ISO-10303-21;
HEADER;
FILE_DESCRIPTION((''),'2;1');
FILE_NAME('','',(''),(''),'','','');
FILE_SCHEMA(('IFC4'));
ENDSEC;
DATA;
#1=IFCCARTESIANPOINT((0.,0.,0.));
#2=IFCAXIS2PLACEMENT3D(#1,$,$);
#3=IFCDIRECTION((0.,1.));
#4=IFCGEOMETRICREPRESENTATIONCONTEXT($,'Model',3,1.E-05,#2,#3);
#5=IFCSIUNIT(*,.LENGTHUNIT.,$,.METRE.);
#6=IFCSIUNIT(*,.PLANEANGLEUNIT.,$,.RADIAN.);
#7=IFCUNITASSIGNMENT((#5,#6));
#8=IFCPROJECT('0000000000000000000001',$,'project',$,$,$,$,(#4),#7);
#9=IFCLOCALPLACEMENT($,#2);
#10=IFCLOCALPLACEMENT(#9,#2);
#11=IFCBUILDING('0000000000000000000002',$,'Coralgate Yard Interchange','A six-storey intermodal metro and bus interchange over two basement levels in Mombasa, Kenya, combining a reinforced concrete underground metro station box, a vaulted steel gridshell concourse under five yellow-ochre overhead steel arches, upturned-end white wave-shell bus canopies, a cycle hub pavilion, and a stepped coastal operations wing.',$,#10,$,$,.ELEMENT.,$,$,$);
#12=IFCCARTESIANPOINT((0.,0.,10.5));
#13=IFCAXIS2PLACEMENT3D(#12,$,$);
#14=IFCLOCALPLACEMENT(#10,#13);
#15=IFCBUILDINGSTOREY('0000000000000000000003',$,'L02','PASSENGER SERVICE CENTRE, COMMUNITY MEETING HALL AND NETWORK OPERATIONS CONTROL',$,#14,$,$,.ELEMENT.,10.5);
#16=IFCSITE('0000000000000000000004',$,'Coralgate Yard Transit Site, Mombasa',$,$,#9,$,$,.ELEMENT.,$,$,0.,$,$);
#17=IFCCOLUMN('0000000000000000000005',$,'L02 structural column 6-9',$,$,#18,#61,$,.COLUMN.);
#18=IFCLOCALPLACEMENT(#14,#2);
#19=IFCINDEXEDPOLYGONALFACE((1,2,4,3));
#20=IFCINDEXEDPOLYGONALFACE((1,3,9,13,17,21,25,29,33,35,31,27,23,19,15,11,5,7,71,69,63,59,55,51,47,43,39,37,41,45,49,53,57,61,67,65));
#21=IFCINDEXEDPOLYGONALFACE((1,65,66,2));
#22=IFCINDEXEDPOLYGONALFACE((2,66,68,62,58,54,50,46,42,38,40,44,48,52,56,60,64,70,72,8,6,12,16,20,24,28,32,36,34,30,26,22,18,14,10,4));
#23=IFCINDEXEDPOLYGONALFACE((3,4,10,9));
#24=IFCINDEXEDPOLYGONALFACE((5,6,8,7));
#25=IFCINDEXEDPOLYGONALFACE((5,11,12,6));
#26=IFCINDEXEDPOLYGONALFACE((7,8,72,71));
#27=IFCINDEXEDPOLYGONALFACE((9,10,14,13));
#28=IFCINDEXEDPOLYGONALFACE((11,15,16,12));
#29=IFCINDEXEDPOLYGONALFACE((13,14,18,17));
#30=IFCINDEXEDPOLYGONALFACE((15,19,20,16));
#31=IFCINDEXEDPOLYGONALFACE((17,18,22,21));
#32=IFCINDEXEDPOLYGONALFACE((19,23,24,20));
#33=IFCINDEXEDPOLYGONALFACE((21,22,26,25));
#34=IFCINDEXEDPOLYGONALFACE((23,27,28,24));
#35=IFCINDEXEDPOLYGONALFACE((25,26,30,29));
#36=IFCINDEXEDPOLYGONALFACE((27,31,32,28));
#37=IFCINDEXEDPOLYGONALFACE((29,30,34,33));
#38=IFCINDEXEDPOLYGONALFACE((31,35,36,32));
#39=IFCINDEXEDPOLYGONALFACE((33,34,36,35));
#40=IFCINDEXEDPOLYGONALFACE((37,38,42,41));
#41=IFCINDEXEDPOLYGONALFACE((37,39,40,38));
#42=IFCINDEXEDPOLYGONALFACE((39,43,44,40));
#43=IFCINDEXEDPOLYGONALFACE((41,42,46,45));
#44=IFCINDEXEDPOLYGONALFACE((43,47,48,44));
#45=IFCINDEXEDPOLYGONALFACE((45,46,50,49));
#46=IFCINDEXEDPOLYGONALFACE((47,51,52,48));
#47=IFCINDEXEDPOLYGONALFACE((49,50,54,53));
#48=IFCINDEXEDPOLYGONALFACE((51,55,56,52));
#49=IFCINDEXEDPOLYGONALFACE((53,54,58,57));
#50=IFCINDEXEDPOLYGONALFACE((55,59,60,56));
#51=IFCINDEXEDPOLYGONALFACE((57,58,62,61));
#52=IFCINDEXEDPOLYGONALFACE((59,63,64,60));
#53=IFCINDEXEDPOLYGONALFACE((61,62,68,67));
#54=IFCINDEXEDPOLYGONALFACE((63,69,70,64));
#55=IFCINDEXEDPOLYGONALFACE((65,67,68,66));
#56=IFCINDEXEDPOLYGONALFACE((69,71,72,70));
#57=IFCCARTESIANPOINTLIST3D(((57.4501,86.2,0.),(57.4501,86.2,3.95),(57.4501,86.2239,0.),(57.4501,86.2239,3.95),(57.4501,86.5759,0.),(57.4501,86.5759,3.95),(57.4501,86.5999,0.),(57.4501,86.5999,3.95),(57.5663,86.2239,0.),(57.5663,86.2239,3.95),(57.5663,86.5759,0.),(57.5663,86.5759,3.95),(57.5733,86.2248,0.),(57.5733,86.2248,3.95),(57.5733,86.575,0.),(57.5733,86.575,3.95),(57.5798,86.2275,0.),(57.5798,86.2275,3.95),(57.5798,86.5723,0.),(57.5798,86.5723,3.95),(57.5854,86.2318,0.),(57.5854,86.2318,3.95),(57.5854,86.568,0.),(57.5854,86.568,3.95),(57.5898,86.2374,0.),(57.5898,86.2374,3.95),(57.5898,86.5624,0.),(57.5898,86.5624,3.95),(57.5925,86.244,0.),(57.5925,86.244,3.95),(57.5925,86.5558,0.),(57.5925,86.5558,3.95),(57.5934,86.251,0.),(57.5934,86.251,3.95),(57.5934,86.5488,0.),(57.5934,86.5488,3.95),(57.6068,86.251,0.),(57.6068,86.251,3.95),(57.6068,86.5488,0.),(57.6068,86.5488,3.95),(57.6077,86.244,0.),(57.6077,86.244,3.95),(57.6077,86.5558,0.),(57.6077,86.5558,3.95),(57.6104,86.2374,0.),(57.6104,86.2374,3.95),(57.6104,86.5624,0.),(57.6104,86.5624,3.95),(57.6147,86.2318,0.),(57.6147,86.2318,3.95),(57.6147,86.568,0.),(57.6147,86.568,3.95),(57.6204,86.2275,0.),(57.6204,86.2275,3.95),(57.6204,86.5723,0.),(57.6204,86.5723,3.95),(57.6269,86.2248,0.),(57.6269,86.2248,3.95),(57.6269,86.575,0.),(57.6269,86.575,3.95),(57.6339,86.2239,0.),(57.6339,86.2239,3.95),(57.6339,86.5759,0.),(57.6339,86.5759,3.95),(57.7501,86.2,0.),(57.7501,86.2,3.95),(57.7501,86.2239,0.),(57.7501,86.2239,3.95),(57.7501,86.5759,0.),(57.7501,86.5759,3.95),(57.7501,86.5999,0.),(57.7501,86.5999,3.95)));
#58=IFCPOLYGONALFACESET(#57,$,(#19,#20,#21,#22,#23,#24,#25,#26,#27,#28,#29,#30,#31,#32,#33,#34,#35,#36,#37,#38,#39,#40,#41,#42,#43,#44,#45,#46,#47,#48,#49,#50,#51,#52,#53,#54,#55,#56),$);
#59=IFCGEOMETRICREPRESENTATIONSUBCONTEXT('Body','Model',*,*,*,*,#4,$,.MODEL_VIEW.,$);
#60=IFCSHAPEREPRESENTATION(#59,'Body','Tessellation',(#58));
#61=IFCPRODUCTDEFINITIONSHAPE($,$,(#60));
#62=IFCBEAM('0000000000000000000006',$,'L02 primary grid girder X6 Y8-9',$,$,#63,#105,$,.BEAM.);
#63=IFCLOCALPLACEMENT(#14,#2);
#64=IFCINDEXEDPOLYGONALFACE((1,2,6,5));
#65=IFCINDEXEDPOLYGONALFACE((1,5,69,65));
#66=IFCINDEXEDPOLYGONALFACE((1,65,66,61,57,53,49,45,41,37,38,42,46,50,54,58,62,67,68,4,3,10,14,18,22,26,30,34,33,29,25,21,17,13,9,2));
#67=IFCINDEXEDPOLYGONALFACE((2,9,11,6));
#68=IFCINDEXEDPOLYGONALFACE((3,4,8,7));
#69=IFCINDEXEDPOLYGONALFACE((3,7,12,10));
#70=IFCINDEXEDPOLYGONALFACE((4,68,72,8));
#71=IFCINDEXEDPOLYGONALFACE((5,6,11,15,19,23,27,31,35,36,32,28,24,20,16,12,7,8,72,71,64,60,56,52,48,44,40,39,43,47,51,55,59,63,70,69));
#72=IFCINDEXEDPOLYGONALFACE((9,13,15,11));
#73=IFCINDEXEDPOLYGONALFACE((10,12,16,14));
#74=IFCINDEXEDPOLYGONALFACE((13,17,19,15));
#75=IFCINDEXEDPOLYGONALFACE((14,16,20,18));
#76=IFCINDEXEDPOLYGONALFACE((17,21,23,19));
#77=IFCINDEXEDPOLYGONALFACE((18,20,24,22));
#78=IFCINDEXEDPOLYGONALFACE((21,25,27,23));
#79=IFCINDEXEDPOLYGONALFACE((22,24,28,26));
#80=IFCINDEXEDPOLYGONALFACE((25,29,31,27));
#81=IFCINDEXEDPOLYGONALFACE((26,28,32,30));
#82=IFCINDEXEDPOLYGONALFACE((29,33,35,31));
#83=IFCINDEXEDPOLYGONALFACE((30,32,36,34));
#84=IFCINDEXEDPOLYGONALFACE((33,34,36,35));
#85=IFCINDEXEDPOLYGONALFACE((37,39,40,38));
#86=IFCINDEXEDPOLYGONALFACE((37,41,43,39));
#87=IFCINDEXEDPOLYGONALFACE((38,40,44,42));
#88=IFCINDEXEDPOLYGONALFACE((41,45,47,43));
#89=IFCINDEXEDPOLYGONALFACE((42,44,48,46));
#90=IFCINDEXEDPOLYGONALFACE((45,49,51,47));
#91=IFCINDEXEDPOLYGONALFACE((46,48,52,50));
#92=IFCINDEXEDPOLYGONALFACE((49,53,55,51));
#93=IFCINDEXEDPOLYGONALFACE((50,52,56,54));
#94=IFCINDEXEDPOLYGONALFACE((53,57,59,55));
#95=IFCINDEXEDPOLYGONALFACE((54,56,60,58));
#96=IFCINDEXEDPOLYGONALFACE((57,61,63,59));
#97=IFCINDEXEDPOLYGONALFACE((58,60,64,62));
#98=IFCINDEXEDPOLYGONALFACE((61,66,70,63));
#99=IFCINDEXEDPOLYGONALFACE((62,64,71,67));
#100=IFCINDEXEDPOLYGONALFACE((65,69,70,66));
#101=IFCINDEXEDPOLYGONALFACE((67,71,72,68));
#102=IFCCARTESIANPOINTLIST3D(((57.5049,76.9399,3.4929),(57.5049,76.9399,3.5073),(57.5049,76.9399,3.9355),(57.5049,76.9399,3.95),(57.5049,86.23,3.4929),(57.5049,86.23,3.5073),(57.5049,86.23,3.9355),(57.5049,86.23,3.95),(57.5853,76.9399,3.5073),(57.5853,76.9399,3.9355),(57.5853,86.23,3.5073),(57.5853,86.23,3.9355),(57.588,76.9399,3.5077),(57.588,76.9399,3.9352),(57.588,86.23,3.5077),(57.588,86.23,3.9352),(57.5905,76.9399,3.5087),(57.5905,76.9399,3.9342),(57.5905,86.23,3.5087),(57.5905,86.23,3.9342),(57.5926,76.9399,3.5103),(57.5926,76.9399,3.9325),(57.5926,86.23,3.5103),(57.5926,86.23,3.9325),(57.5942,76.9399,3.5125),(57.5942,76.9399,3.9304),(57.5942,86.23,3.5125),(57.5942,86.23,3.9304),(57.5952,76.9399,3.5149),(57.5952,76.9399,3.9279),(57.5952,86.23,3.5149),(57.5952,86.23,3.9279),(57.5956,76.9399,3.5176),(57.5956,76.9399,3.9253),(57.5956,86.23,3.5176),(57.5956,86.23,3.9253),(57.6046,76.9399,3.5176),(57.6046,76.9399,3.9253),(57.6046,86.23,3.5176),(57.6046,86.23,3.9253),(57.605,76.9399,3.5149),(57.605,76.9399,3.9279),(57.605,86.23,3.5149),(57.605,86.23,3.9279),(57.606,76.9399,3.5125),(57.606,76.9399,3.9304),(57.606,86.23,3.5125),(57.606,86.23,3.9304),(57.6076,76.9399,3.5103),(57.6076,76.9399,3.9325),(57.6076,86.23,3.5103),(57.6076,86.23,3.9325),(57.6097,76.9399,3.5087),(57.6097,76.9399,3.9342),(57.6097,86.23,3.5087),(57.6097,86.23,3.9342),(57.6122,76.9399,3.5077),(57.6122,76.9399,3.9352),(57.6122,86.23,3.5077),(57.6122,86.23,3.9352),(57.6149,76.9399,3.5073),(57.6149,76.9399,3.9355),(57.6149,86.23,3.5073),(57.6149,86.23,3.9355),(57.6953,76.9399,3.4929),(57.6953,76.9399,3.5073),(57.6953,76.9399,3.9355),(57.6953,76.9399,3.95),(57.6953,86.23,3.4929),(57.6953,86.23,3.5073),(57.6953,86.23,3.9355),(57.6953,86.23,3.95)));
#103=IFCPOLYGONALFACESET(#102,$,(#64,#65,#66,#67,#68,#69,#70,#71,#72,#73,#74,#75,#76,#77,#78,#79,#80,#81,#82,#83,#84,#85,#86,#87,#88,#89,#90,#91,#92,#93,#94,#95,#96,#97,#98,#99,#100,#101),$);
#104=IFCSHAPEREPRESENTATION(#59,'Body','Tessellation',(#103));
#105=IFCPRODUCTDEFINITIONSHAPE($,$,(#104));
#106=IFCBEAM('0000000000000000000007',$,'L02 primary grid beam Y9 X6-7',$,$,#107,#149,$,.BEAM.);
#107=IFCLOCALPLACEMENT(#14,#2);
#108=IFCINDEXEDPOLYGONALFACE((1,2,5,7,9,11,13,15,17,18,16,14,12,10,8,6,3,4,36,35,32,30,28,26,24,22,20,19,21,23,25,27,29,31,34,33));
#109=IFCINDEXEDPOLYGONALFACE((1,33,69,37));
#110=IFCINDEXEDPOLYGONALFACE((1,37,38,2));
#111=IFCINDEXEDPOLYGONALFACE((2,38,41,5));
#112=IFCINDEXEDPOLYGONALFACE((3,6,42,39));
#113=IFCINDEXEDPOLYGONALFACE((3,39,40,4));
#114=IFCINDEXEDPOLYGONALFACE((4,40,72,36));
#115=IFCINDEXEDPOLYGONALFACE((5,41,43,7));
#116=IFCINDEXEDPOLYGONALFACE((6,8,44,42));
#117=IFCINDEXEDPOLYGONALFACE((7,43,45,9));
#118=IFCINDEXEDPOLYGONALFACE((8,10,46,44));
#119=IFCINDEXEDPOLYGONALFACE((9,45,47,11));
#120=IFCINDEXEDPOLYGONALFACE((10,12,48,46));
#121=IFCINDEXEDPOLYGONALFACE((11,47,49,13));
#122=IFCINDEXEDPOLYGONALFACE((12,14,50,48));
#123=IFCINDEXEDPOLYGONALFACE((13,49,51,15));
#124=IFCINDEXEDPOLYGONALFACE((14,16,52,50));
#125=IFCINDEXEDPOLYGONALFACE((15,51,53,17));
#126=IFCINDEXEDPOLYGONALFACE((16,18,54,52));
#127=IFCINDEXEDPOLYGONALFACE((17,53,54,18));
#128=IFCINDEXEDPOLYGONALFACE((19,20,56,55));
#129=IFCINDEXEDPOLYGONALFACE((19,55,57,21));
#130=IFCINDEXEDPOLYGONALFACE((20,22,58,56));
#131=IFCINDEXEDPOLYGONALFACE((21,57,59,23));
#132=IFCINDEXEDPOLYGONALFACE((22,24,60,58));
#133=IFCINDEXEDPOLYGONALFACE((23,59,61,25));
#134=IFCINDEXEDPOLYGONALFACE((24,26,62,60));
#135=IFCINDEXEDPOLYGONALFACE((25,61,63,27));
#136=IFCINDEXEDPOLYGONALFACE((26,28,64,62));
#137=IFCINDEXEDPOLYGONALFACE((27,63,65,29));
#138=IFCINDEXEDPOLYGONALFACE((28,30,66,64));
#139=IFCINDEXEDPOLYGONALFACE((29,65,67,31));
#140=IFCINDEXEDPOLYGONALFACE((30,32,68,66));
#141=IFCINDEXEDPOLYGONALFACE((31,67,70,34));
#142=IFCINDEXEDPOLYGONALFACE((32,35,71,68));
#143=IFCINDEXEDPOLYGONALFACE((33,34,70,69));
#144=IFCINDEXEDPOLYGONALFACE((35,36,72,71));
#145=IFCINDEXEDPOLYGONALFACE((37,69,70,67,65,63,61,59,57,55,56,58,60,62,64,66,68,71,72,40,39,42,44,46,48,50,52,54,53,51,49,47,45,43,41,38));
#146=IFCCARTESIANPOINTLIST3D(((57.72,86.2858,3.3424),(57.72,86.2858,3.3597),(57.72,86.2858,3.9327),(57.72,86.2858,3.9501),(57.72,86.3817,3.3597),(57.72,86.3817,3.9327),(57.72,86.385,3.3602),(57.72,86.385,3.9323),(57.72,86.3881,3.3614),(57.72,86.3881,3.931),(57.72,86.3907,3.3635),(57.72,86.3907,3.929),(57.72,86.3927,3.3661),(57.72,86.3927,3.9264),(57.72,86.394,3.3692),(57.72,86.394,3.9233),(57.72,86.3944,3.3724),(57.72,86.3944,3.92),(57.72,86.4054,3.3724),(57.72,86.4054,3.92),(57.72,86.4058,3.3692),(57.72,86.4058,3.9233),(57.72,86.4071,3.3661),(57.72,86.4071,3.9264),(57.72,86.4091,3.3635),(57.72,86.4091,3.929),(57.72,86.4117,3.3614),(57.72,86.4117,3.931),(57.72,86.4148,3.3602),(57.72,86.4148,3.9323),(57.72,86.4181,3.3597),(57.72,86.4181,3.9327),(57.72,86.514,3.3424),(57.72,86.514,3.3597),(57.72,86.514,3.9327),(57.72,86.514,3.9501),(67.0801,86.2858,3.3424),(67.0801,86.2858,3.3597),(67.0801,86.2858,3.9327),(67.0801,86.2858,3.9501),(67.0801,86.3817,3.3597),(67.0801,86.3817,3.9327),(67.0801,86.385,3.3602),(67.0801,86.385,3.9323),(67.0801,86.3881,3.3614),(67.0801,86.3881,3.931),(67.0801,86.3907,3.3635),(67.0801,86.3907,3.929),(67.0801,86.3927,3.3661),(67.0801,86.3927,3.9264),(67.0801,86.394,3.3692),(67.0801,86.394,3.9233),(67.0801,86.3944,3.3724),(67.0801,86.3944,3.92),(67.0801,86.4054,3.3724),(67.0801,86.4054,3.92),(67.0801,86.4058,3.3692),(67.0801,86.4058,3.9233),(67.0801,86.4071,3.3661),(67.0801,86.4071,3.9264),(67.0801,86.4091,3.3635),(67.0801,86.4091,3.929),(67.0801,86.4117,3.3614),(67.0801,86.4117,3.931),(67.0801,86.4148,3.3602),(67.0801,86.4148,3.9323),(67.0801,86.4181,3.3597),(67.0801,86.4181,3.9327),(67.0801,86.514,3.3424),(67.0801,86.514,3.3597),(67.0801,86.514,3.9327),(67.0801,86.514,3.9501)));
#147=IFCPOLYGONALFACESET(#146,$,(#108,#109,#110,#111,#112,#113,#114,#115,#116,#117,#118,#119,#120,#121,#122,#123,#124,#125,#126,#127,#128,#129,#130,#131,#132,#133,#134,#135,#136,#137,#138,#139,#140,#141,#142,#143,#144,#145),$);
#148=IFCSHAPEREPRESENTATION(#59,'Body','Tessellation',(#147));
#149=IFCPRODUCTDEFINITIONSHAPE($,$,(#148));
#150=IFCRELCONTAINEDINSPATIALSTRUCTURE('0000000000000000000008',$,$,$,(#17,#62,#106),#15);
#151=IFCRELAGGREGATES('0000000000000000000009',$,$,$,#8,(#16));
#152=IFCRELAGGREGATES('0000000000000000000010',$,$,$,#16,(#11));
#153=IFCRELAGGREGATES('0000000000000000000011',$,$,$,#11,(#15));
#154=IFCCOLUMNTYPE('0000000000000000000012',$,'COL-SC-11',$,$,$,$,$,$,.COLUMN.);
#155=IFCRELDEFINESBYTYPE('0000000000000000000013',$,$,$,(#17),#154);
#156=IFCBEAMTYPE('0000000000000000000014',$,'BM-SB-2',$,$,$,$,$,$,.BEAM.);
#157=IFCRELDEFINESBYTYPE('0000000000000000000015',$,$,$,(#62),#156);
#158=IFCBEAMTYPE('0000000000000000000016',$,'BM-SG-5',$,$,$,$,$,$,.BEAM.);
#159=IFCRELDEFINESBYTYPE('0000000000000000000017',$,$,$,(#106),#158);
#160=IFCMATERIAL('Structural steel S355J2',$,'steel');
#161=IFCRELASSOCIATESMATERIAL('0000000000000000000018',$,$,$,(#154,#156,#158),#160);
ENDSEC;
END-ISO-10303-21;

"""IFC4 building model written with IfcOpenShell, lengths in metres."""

from ifc_helpers import new_model, si_unit, direction, frame, origin, origin_2d, place, context, subcontext, project, spatial, i_section, extrude, material, material_profile, profile_set, type_object, element, save


model = new_model("IFC4")

# Units and contexts
model_context = context("Model", 3, precision=1e-05, world=origin(), true_north=direction((0.0, 1.0)))
body_context = subcontext(model_context, "Body", "Model", "MODEL_VIEW")
ifc_project = project(units=[si_unit("LENGTHUNIT", "METRE"), si_unit("PLANEANGLEUNIT", "RADIAN")], contexts=[model_context])

# Site, building, storey
site_placement = place(None, origin())
site = spatial("IfcSite", under=ifc_project, at=site_placement, Name="Coralgate Yard Transit Site, Mombasa", CompositionType="ELEMENT", RefElevation=0.0)
building_placement = place(site_placement, origin())
building = spatial("IfcBuilding", under=site, at=building_placement, Name="Coralgate Yard Interchange", Description="A six-storey intermodal metro and bus interchange over two basement levels in Mombasa, Kenya, combining a reinforced concrete underground metro station box, a vaulted steel gridshell concourse under five yellow-ochre overhead steel arches, upturned-end white wave-shell bus canopies, a cycle hub pavilion, and a stepped coastal operations wing.", CompositionType="ELEMENT")
storey_placement = place(building_placement, frame((0.0, 0.0, 10.5)))
storey = spatial("IfcBuildingStorey", under=building, at=storey_placement, Name="L02", Description="PASSENGER SERVICE CENTRE, COMMUNITY MEETING HALL AND NETWORK OPERATIONS CONTROL", CompositionType="ELEMENT", Elevation=10.5)

# Column
ifc_material_1 = material(Name="Structural steel S355J2", Category="steel")
ifc_material_profile_1 = material_profile(ifc_material_1, i_section(OverallWidth=0.3, OverallDepth=0.3999, WebThickness=0.0134, FlangeThickness=0.0239, FilletRadius=0.0271, at=origin_2d()), Name="HEB 400")
ifc_profile_set_1 = profile_set([ifc_material_profile_1], Name="Structural steel S355J2")
column_type = type_object("IfcColumnType", Name="COL-SC-11", PredefinedType="COLUMN", material=ifc_profile_set_1)
column_placement = place(storey_placement, frame((57.6001, 86.3999, 0.0), z_axis=(0.0, 0.0, 1.0), x_axis=(1.0, 0.0, 0.0)))
element("IfcColumn", 1, at=column_placement, inside=storey, type_object=column_type, Name="L02 structural column 6-9", PredefinedType="COLUMN", context=body_context, shape_type="SweptSolid", body=[
    extrude(i_section(OverallWidth=0.3, OverallDepth=0.3999, WebThickness=0.0134, FlangeThickness=0.0239, FilletRadius=0.0271, at=origin_2d()), origin(), (0.0, 0.0, 1.0), 3.95),
])

# Beams
ifc_material_profile_2 = material_profile(ifc_material_1, i_section(OverallWidth=0.1904, OverallDepth=0.457, WebThickness=0.009, FlangeThickness=0.0144, FilletRadius=0.0103, at=origin_2d()), Name="UB 457x191x74")
ifc_profile_set_2 = profile_set([ifc_material_profile_2], Name="Structural steel S355J2")
beam_type_1 = type_object("IfcBeamType", Name="BM-SB-2", PredefinedType="BEAM", material=ifc_profile_set_2)
beam_1_placement = place(storey_placement, frame((57.6001, 76.9399, 3.7214), z_axis=(0.0, 1.0, 0.0), x_axis=(-1.0, 0.0, 0.0)))
element("IfcBeam", 2, at=beam_1_placement, inside=storey, type_object=beam_type_1, Name="L02 primary grid girder X6 Y8-9", PredefinedType="BEAM", context=body_context, shape_type="SweptSolid", body=[
    extrude(i_section(OverallWidth=0.1904, OverallDepth=0.457, WebThickness=0.009, FlangeThickness=0.0144, FilletRadius=0.0103, at=origin_2d()), origin(), (0.0, 0.0, 1.0), 9.29),
])
ifc_material_profile_3 = material_profile(ifc_material_1, i_section(OverallWidth=0.2283, OverallDepth=0.6077, WebThickness=0.011, FlangeThickness=0.0173, FilletRadius=0.0127, at=origin_2d()), Name="UB 610x229x113")
ifc_profile_set_3 = profile_set([ifc_material_profile_3], Name="Structural steel S355J2")
beam_type_2 = type_object("IfcBeamType", Name="BM-SG-5", PredefinedType="BEAM", material=ifc_profile_set_3)
beam_2_placement = place(storey_placement, frame((57.72, 86.3999, 3.6462), z_axis=(1.0, 0.0, 0.0), x_axis=(0.0, 1.0, 0.0)))
element("IfcBeam", 3, at=beam_2_placement, inside=storey, type_object=beam_type_2, Name="L02 primary grid beam Y9 X6-7", PredefinedType="BEAM", context=body_context, shape_type="SweptSolid", body=[
    extrude(i_section(OverallWidth=0.2283, OverallDepth=0.6077, WebThickness=0.011, FlangeThickness=0.0173, FilletRadius=0.0127, at=origin_2d()), origin(), (0.0, 0.0, 1.0), 9.3601),
])

save(model, "model.ifc")
